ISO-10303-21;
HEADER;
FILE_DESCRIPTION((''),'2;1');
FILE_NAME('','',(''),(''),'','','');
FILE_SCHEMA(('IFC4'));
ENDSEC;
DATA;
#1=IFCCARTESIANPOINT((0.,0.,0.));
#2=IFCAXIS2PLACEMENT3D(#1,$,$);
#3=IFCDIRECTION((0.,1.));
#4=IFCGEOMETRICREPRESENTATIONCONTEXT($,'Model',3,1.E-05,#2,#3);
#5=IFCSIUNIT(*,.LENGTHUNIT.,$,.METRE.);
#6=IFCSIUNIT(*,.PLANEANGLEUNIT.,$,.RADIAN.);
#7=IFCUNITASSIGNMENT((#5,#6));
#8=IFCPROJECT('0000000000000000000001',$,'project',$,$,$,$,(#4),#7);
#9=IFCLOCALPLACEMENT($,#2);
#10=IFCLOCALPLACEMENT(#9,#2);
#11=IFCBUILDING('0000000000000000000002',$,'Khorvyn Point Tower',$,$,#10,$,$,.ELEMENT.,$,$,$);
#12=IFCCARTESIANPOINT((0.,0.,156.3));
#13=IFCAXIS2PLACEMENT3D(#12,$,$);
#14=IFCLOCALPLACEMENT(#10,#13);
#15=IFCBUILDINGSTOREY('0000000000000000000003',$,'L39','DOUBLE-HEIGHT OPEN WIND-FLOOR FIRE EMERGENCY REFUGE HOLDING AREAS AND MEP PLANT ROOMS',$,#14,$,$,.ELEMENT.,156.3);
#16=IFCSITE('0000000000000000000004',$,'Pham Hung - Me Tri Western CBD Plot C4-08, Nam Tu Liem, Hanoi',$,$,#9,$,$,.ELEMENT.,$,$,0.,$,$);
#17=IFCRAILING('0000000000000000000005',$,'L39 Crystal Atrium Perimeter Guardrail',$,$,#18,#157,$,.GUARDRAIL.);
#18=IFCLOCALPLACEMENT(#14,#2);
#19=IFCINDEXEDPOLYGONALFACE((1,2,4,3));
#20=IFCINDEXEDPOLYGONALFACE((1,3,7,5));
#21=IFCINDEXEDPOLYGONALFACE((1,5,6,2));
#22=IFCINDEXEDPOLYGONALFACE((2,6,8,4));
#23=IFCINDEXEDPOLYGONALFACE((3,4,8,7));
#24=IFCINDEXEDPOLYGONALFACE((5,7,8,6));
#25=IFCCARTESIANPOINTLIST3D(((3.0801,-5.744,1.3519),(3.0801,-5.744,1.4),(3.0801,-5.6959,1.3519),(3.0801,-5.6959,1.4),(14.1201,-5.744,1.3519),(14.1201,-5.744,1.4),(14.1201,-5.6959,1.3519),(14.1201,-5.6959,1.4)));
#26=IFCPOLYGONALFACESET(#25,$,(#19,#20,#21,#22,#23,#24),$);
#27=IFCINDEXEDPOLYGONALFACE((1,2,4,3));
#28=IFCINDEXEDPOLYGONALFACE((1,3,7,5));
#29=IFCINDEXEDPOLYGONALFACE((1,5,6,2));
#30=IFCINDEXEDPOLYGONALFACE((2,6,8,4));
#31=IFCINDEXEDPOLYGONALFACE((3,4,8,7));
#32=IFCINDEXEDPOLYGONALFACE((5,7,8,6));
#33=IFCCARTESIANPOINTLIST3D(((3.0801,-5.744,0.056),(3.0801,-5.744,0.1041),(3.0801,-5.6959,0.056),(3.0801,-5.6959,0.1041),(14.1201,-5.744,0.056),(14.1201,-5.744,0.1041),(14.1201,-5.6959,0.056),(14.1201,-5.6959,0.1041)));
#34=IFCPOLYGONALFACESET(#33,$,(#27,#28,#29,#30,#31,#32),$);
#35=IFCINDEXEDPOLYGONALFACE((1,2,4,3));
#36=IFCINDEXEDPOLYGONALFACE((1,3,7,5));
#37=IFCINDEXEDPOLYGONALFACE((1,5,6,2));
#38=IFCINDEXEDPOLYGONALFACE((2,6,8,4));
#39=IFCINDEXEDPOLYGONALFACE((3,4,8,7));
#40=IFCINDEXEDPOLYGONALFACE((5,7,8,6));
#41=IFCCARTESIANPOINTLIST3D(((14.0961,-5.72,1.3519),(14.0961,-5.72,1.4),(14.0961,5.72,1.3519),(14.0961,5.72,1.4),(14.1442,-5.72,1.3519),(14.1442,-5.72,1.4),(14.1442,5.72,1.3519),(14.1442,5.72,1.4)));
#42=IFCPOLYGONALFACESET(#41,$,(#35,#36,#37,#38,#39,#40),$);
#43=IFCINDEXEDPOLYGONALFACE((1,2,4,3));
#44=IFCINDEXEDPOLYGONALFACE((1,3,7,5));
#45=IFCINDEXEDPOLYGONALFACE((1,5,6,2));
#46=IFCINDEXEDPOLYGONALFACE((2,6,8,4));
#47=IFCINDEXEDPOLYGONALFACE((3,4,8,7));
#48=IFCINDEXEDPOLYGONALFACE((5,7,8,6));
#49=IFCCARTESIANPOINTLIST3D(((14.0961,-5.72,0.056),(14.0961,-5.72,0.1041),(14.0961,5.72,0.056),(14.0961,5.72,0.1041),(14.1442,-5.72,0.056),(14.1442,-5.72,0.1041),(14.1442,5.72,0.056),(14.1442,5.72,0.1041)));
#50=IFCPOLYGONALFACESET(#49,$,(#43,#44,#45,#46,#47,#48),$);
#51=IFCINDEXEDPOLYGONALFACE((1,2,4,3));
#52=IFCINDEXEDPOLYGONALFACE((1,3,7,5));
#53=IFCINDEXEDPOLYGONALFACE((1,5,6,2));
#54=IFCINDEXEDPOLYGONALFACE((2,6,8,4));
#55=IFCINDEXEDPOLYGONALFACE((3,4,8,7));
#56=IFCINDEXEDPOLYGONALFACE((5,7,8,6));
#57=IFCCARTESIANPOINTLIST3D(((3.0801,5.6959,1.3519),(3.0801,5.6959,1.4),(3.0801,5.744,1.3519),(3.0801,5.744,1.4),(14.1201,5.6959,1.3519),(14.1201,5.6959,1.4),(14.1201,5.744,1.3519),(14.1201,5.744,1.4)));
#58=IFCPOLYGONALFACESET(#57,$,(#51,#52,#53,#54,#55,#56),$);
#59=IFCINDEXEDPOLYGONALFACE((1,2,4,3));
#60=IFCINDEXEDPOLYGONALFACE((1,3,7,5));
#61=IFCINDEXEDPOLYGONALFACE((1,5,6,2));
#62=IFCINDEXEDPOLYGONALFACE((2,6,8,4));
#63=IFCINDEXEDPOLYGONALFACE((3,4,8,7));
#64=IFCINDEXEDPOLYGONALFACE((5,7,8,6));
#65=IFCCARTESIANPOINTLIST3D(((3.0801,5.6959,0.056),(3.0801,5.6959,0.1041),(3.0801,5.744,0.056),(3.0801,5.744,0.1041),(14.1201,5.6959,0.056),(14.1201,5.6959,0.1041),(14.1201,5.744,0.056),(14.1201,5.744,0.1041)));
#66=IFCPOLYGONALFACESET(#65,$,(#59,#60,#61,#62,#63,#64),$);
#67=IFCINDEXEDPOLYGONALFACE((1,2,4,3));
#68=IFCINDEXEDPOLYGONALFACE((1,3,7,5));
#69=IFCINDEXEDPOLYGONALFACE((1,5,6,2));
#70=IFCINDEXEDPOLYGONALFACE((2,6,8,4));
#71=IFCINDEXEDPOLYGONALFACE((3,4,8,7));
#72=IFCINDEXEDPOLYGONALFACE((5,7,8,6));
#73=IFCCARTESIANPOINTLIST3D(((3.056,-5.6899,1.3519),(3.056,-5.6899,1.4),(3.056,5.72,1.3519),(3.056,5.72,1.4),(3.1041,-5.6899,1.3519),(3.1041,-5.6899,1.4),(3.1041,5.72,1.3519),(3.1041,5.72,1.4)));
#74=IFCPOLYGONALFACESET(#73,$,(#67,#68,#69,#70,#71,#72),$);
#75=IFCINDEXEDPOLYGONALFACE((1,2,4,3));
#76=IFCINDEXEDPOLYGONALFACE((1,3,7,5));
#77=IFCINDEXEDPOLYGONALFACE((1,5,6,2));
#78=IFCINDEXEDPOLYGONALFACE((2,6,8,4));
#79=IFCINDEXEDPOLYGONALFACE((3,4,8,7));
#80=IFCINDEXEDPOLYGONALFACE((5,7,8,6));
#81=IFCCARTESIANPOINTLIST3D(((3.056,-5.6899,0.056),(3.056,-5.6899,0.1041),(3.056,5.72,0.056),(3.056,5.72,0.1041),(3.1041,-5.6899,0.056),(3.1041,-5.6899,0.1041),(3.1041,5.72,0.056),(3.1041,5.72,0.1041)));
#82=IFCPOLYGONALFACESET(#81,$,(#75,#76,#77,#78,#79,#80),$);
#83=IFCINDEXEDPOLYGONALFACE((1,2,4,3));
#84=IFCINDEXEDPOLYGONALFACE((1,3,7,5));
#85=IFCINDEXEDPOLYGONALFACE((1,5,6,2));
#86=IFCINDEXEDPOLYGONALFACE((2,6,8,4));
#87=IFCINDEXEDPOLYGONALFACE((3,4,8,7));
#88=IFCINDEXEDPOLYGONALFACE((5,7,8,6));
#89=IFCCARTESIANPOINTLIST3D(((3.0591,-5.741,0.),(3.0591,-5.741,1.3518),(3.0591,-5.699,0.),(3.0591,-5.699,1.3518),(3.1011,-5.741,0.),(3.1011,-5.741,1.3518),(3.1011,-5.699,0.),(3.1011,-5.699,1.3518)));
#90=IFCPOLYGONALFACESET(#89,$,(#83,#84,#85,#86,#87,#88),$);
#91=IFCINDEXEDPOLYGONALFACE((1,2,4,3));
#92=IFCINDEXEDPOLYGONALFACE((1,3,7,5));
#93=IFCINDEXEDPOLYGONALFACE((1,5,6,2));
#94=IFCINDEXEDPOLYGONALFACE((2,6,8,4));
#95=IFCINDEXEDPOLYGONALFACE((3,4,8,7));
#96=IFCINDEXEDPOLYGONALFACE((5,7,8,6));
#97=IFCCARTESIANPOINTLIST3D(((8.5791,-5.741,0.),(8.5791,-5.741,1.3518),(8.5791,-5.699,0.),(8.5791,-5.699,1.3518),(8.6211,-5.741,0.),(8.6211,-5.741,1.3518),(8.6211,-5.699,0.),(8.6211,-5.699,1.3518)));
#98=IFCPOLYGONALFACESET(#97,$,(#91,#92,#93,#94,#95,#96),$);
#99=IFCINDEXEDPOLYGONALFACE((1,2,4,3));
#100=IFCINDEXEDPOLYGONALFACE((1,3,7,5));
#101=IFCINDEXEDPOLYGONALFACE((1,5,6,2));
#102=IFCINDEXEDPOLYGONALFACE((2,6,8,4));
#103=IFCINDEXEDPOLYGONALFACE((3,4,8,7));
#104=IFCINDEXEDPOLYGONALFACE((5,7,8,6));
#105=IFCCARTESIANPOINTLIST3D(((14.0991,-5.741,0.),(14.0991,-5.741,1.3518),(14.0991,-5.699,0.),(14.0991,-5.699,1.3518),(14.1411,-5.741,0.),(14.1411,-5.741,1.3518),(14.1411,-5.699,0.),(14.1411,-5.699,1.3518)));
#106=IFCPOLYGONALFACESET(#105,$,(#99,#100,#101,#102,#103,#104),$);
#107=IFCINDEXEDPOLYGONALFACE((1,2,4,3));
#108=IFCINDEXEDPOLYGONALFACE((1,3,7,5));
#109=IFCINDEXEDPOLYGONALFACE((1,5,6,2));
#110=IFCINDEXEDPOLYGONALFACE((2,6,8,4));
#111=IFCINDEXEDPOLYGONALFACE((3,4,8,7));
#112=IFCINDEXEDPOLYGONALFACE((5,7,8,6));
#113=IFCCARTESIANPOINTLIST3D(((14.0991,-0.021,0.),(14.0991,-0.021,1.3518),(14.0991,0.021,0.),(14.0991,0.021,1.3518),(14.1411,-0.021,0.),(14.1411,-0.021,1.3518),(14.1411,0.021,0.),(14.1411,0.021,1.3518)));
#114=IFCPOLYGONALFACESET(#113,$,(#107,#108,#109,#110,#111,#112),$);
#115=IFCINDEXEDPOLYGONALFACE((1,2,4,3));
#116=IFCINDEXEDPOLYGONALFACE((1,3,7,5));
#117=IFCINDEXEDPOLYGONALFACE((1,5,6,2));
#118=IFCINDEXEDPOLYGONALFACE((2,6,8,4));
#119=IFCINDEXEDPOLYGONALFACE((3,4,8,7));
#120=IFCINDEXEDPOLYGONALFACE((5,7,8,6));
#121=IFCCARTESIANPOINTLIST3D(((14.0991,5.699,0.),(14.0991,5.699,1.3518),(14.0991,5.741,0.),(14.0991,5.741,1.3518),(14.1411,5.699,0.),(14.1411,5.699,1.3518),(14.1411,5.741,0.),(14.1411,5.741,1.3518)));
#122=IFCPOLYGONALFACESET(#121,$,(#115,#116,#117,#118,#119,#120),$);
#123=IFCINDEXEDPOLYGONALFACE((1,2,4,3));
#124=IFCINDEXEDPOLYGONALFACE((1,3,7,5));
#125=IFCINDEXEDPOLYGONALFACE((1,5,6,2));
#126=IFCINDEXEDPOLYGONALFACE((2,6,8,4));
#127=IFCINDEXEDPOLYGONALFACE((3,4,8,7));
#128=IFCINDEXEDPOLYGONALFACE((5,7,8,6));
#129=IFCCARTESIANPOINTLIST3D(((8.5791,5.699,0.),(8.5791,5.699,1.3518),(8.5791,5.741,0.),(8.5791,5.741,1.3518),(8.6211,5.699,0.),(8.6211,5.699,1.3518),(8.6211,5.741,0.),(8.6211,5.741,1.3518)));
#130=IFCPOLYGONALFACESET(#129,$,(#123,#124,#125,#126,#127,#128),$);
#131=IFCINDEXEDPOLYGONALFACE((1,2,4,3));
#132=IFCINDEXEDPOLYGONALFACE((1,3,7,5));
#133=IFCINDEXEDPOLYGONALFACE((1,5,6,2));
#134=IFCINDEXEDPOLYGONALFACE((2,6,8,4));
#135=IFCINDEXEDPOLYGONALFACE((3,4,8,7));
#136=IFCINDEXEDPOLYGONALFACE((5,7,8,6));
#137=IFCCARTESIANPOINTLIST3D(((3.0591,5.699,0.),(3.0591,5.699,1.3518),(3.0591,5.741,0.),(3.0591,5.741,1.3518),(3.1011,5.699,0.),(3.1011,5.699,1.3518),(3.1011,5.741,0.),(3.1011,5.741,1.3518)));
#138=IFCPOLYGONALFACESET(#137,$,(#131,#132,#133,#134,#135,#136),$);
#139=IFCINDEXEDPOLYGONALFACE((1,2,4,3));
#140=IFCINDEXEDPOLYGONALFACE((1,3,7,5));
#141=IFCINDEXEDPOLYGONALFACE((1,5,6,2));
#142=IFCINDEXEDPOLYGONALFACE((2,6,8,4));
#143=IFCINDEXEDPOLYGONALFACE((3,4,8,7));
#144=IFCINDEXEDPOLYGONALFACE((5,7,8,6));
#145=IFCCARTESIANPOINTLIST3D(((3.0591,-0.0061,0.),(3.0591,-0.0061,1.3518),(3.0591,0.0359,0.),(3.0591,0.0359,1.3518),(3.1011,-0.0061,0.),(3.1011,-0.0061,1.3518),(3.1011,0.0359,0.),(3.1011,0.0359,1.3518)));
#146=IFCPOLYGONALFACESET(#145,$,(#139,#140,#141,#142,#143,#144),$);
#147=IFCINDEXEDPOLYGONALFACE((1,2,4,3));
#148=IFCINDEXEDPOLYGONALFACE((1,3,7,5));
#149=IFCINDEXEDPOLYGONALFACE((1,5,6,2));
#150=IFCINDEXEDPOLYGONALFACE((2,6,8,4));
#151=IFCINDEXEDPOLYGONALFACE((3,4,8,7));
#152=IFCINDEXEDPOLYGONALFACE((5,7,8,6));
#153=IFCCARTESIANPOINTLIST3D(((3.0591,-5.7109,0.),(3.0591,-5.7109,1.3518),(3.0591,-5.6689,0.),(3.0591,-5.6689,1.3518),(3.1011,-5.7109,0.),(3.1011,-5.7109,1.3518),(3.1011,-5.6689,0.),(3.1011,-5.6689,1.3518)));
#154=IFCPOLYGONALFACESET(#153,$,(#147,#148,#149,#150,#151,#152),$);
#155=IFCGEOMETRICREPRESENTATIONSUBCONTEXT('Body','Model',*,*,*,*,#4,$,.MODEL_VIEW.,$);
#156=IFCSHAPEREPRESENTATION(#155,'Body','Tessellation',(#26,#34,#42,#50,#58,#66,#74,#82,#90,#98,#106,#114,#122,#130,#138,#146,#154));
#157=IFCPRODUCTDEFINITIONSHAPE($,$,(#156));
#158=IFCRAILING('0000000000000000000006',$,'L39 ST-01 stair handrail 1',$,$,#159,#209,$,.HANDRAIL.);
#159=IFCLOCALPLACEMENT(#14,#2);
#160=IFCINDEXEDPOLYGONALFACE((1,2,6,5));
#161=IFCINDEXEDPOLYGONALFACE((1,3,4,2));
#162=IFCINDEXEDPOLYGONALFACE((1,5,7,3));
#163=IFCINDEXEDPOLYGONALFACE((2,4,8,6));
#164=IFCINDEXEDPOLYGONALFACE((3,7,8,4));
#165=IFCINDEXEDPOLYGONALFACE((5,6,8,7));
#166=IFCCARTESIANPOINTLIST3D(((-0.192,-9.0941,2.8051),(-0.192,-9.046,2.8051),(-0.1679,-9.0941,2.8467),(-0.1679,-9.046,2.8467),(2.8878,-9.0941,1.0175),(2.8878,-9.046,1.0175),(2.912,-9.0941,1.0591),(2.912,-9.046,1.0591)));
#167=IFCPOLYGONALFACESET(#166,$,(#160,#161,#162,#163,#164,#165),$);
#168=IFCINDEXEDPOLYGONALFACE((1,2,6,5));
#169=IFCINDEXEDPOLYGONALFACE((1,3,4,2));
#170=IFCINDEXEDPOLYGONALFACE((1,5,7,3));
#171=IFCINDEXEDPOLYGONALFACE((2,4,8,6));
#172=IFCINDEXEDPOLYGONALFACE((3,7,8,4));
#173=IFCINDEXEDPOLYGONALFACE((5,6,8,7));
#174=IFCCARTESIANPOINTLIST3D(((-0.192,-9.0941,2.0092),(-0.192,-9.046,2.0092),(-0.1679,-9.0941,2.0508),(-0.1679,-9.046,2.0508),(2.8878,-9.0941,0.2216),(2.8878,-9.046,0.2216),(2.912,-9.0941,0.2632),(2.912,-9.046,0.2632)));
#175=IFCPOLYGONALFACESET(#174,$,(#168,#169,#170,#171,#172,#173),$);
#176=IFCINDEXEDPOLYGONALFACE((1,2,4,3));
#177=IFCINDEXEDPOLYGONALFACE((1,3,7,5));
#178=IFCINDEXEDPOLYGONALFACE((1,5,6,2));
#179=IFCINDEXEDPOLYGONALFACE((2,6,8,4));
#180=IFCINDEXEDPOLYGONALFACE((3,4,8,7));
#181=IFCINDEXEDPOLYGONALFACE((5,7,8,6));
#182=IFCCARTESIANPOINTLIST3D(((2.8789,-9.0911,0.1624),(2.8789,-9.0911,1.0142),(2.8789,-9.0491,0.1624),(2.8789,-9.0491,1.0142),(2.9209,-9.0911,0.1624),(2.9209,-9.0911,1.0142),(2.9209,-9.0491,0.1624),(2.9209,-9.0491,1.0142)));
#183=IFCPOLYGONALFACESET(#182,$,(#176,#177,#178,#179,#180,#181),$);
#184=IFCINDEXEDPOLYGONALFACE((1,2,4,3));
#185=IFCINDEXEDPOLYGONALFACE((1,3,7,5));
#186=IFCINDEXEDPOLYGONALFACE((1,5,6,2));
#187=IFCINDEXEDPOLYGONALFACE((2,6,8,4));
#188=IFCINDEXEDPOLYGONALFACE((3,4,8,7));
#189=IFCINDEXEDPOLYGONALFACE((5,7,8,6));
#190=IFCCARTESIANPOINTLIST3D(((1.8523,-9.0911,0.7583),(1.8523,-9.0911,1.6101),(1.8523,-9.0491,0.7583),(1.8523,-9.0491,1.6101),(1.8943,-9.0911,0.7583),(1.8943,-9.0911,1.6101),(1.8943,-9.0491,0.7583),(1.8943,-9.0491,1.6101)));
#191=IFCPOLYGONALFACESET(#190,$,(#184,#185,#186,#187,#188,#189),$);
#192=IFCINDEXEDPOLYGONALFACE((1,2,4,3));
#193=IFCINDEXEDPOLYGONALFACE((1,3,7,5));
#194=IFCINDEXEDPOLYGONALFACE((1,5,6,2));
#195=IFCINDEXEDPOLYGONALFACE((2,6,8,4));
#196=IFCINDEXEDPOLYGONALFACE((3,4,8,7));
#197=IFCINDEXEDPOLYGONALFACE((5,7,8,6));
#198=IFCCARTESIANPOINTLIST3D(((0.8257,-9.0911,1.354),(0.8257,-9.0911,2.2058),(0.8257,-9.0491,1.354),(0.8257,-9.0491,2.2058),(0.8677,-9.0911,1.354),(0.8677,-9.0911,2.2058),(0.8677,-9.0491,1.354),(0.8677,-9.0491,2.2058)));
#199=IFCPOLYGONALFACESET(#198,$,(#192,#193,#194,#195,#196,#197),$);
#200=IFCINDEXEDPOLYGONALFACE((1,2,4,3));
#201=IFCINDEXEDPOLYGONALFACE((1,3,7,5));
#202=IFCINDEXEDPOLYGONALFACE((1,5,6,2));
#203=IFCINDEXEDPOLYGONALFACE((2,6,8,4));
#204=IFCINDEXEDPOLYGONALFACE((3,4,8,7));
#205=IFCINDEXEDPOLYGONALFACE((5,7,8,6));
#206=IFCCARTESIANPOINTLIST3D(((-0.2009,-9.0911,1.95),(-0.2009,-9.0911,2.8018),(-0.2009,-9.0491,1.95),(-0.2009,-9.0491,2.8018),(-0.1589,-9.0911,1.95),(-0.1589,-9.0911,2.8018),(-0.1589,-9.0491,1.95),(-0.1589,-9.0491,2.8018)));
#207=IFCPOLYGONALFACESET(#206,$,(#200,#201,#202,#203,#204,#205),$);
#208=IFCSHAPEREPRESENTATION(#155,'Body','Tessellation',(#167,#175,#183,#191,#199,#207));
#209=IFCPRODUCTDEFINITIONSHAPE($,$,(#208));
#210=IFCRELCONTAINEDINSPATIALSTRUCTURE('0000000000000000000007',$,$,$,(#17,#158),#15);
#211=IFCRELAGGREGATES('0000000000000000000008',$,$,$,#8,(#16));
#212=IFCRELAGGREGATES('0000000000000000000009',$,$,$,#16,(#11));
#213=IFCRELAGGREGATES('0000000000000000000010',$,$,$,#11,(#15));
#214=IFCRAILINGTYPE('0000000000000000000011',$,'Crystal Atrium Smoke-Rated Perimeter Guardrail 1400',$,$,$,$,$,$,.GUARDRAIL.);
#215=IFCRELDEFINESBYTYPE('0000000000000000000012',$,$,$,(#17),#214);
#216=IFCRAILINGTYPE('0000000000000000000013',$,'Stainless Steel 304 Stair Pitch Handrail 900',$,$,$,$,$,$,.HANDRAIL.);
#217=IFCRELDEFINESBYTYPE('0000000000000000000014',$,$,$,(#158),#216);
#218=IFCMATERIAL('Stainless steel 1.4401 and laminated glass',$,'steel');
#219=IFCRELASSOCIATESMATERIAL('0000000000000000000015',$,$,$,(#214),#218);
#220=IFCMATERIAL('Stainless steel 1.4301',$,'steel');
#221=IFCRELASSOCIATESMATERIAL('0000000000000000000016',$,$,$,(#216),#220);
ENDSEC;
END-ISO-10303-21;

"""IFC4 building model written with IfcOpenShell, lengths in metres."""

from ifc_helpers import new_model, si_unit, direction, frame, origin, origin_2d, place, context, subcontext, project, spatial, rectangle, extrude, material, type_object, element, save


model = new_model("IFC4")

# Units and contexts
model_context = context("Model", 3, precision=1e-05, world=origin(), true_north=direction((0.0, 1.0)))
body_context = subcontext(model_context, "Body", "Model", "MODEL_VIEW")
ifc_project = project(units=[si_unit("LENGTHUNIT", "METRE"), si_unit("PLANEANGLEUNIT", "RADIAN")], contexts=[model_context])

# Site, building, storey
site_placement = place(None, origin())
site = spatial("IfcSite", under=ifc_project, at=site_placement, Name="Pham Hung - Me Tri Western CBD Plot C4-08, Nam Tu Liem, Hanoi", CompositionType="ELEMENT", RefElevation=0.0)
building_placement = place(site_placement, origin())
building = spatial("IfcBuilding", under=site, at=building_placement, Name="Khorvyn Point Tower", CompositionType="ELEMENT")
storey_placement = place(building_placement, frame((0.0, 0.0, 156.3)))
storey = spatial("IfcBuildingStorey", under=building, at=storey_placement, Name="L39", Description="DOUBLE-HEIGHT OPEN WIND-FLOOR FIRE EMERGENCY REFUGE HOLDING AREAS AND MEP PLANT ROOMS", CompositionType="ELEMENT", Elevation=156.3)

# Shared definitions
ifc_material_1 = material(Name="Stainless steel 1.4301", Category="steel")

# Railings
ifc_material_2 = material(Name="Stainless steel 1.4401 and laminated glass", Category="steel")
railing_type_1 = type_object("IfcRailingType", Name="Crystal Atrium Smoke-Rated Perimeter Guardrail 1400", PredefinedType="GUARDRAIL", material=ifc_material_2)
railing_1_placement = place(storey_placement, frame((3.0801, -5.72, 0.0)))
element("IfcRailing", 1, at=railing_1_placement, inside=storey, type_object=railing_type_1, Name="L39 Crystal Atrium Perimeter Guardrail", PredefinedType="GUARDRAIL", context=body_context, shape_type="SweptSolid", body=[
    extrude(rectangle(XDim=0.0481, YDim=0.0481, at=origin_2d()), frame((0.0, 0.0, 1.376), z_axis=(1.0, 0.0, 0.0), x_axis=(0.0, 1.0, 0.0)), (0.0, 0.0, 1.0), 11.04),
    extrude(rectangle(XDim=0.0481, YDim=0.0481, at=origin_2d()), frame((0.0, 0.0, 0.0801), z_axis=(1.0, 0.0, 0.0), x_axis=(0.0, 1.0, 0.0)), (0.0, 0.0, 1.0), 11.04),
    extrude(rectangle(XDim=0.0481, YDim=0.0481, at=origin_2d()), frame((11.04, 0.0, 1.376), z_axis=(0.0, 1.0, 0.0), x_axis=(-1.0, 0.0, 0.0)), (0.0, 0.0, 1.0), 11.4399),
    extrude(rectangle(XDim=0.0481, YDim=0.0481, at=origin_2d()), frame((11.04, 0.0, 0.0801), z_axis=(0.0, 1.0, 0.0), x_axis=(-1.0, 0.0, 0.0)), (0.0, 0.0, 1.0), 11.4399),
    extrude(rectangle(XDim=0.0481, YDim=0.0481, at=origin_2d()), frame((11.04, 11.4399, 1.376), z_axis=(-1.0, 0.0, 0.0), x_axis=(0.0, -1.0, 0.0)), (0.0, 0.0, 1.0), 11.04),
    extrude(rectangle(XDim=0.0481, YDim=0.0481, at=origin_2d()), frame((11.04, 11.4399, 0.0801), z_axis=(-1.0, 0.0, 0.0), x_axis=(0.0, -1.0, 0.0)), (0.0, 0.0, 1.0), 11.04),
    extrude(rectangle(XDim=0.0481, YDim=0.0481, at=origin_2d()), frame((0.0, 11.4399, 1.376), z_axis=(0.0, -1.0, 0.0), x_axis=(1.0, 0.0, 0.0)), (0.0, 0.0, 1.0), 11.4099),
    extrude(rectangle(XDim=0.0481, YDim=0.0481, at=origin_2d()), frame((0.0, 11.4399, 0.0801), z_axis=(0.0, -1.0, 0.0), x_axis=(1.0, 0.0, 0.0)), (0.0, 0.0, 1.0), 11.4099),
    extrude(rectangle(XDim=0.042, YDim=0.042, at=origin_2d()), origin(), (0.0, 0.0, 1.0), 1.3518),
    extrude(rectangle(XDim=0.042, YDim=0.042, at=origin_2d()), frame((5.52, 0.0, 0.0)), (0.0, 0.0, 1.0), 1.3518),
    extrude(rectangle(XDim=0.042, YDim=0.042, at=origin_2d()), frame((11.04, 0.0, 0.0)), (0.0, 0.0, 1.0), 1.3518),
    extrude(rectangle(XDim=0.042, YDim=0.042, at=origin_2d()), frame((11.04, 5.72, 0.0)), (0.0, 0.0, 1.0), 1.3518),
    extrude(rectangle(XDim=0.042, YDim=0.042, at=origin_2d()), frame((11.04, 11.4399, 0.0)), (0.0, 0.0, 1.0), 1.3518),
    extrude(rectangle(XDim=0.042, YDim=0.042, at=origin_2d()), frame((5.52, 11.4399, 0.0)), (0.0, 0.0, 1.0), 1.3518),
    extrude(rectangle(XDim=0.042, YDim=0.042, at=origin_2d()), frame((0.0, 11.4399, 0.0)), (0.0, 0.0, 1.0), 1.3518),
    extrude(rectangle(XDim=0.042, YDim=0.042, at=origin_2d()), frame((0.0, 5.7349, 0.0)), (0.0, 0.0, 1.0), 1.3518),
    extrude(rectangle(XDim=0.042, YDim=0.042, at=origin_2d()), frame((0.0, 0.03, 0.0)), (0.0, 0.0, 1.0), 1.3518),
])
railing_type_2 = type_object("IfcRailingType", Name="Stainless Steel 304 Stair Pitch Handrail 900", PredefinedType="HANDRAIL", material=ifc_material_1)
railing_2_placement = place(storey_placement, frame((2.8999, -9.0701, 0.1624)))
element("IfcRailing", 2, at=railing_2_placement, inside=storey, type_object=railing_type_2, Name="L39 ST-01 stair handrail 1", PredefinedType="HANDRAIL", context=body_context, shape_type="SweptSolid", body=[
    extrude(rectangle(XDim=0.0481, YDim=0.0481, at=origin_2d()), frame((0.0, 0.0, 0.876), z_axis=(-0.864873, 0.0, 0.50199), x_axis=(0.0, -1.0, 0.0)), (0.0, 0.0, 1.0), 3.561),
    extrude(rectangle(XDim=0.0481, YDim=0.0481, at=origin_2d()), frame((0.0, 0.0, 0.0801), z_axis=(-0.864873, 0.0, 0.50199), x_axis=(0.0, -1.0, 0.0)), (0.0, 0.0, 1.0), 3.561),
    extrude(rectangle(XDim=0.042, YDim=0.042, at=origin_2d()), origin(), (0.0, 0.0, 1.0), 0.8518),
    extrude(rectangle(XDim=0.042, YDim=0.042, at=origin_2d()), frame((-1.0266, 0.0, 0.5959)), (0.0, 0.0, 1.0), 0.8518),
    extrude(rectangle(XDim=0.042, YDim=0.042, at=origin_2d()), frame((-2.0532, 0.0, 1.1917)), (0.0, 0.0, 1.0), 0.8518),
    extrude(rectangle(XDim=0.042, YDim=0.042, at=origin_2d()), frame((-3.0798, 0.0, 1.7876)), (0.0, 0.0, 1.0), 0.8518),
])

save(model, "model.ifc")
